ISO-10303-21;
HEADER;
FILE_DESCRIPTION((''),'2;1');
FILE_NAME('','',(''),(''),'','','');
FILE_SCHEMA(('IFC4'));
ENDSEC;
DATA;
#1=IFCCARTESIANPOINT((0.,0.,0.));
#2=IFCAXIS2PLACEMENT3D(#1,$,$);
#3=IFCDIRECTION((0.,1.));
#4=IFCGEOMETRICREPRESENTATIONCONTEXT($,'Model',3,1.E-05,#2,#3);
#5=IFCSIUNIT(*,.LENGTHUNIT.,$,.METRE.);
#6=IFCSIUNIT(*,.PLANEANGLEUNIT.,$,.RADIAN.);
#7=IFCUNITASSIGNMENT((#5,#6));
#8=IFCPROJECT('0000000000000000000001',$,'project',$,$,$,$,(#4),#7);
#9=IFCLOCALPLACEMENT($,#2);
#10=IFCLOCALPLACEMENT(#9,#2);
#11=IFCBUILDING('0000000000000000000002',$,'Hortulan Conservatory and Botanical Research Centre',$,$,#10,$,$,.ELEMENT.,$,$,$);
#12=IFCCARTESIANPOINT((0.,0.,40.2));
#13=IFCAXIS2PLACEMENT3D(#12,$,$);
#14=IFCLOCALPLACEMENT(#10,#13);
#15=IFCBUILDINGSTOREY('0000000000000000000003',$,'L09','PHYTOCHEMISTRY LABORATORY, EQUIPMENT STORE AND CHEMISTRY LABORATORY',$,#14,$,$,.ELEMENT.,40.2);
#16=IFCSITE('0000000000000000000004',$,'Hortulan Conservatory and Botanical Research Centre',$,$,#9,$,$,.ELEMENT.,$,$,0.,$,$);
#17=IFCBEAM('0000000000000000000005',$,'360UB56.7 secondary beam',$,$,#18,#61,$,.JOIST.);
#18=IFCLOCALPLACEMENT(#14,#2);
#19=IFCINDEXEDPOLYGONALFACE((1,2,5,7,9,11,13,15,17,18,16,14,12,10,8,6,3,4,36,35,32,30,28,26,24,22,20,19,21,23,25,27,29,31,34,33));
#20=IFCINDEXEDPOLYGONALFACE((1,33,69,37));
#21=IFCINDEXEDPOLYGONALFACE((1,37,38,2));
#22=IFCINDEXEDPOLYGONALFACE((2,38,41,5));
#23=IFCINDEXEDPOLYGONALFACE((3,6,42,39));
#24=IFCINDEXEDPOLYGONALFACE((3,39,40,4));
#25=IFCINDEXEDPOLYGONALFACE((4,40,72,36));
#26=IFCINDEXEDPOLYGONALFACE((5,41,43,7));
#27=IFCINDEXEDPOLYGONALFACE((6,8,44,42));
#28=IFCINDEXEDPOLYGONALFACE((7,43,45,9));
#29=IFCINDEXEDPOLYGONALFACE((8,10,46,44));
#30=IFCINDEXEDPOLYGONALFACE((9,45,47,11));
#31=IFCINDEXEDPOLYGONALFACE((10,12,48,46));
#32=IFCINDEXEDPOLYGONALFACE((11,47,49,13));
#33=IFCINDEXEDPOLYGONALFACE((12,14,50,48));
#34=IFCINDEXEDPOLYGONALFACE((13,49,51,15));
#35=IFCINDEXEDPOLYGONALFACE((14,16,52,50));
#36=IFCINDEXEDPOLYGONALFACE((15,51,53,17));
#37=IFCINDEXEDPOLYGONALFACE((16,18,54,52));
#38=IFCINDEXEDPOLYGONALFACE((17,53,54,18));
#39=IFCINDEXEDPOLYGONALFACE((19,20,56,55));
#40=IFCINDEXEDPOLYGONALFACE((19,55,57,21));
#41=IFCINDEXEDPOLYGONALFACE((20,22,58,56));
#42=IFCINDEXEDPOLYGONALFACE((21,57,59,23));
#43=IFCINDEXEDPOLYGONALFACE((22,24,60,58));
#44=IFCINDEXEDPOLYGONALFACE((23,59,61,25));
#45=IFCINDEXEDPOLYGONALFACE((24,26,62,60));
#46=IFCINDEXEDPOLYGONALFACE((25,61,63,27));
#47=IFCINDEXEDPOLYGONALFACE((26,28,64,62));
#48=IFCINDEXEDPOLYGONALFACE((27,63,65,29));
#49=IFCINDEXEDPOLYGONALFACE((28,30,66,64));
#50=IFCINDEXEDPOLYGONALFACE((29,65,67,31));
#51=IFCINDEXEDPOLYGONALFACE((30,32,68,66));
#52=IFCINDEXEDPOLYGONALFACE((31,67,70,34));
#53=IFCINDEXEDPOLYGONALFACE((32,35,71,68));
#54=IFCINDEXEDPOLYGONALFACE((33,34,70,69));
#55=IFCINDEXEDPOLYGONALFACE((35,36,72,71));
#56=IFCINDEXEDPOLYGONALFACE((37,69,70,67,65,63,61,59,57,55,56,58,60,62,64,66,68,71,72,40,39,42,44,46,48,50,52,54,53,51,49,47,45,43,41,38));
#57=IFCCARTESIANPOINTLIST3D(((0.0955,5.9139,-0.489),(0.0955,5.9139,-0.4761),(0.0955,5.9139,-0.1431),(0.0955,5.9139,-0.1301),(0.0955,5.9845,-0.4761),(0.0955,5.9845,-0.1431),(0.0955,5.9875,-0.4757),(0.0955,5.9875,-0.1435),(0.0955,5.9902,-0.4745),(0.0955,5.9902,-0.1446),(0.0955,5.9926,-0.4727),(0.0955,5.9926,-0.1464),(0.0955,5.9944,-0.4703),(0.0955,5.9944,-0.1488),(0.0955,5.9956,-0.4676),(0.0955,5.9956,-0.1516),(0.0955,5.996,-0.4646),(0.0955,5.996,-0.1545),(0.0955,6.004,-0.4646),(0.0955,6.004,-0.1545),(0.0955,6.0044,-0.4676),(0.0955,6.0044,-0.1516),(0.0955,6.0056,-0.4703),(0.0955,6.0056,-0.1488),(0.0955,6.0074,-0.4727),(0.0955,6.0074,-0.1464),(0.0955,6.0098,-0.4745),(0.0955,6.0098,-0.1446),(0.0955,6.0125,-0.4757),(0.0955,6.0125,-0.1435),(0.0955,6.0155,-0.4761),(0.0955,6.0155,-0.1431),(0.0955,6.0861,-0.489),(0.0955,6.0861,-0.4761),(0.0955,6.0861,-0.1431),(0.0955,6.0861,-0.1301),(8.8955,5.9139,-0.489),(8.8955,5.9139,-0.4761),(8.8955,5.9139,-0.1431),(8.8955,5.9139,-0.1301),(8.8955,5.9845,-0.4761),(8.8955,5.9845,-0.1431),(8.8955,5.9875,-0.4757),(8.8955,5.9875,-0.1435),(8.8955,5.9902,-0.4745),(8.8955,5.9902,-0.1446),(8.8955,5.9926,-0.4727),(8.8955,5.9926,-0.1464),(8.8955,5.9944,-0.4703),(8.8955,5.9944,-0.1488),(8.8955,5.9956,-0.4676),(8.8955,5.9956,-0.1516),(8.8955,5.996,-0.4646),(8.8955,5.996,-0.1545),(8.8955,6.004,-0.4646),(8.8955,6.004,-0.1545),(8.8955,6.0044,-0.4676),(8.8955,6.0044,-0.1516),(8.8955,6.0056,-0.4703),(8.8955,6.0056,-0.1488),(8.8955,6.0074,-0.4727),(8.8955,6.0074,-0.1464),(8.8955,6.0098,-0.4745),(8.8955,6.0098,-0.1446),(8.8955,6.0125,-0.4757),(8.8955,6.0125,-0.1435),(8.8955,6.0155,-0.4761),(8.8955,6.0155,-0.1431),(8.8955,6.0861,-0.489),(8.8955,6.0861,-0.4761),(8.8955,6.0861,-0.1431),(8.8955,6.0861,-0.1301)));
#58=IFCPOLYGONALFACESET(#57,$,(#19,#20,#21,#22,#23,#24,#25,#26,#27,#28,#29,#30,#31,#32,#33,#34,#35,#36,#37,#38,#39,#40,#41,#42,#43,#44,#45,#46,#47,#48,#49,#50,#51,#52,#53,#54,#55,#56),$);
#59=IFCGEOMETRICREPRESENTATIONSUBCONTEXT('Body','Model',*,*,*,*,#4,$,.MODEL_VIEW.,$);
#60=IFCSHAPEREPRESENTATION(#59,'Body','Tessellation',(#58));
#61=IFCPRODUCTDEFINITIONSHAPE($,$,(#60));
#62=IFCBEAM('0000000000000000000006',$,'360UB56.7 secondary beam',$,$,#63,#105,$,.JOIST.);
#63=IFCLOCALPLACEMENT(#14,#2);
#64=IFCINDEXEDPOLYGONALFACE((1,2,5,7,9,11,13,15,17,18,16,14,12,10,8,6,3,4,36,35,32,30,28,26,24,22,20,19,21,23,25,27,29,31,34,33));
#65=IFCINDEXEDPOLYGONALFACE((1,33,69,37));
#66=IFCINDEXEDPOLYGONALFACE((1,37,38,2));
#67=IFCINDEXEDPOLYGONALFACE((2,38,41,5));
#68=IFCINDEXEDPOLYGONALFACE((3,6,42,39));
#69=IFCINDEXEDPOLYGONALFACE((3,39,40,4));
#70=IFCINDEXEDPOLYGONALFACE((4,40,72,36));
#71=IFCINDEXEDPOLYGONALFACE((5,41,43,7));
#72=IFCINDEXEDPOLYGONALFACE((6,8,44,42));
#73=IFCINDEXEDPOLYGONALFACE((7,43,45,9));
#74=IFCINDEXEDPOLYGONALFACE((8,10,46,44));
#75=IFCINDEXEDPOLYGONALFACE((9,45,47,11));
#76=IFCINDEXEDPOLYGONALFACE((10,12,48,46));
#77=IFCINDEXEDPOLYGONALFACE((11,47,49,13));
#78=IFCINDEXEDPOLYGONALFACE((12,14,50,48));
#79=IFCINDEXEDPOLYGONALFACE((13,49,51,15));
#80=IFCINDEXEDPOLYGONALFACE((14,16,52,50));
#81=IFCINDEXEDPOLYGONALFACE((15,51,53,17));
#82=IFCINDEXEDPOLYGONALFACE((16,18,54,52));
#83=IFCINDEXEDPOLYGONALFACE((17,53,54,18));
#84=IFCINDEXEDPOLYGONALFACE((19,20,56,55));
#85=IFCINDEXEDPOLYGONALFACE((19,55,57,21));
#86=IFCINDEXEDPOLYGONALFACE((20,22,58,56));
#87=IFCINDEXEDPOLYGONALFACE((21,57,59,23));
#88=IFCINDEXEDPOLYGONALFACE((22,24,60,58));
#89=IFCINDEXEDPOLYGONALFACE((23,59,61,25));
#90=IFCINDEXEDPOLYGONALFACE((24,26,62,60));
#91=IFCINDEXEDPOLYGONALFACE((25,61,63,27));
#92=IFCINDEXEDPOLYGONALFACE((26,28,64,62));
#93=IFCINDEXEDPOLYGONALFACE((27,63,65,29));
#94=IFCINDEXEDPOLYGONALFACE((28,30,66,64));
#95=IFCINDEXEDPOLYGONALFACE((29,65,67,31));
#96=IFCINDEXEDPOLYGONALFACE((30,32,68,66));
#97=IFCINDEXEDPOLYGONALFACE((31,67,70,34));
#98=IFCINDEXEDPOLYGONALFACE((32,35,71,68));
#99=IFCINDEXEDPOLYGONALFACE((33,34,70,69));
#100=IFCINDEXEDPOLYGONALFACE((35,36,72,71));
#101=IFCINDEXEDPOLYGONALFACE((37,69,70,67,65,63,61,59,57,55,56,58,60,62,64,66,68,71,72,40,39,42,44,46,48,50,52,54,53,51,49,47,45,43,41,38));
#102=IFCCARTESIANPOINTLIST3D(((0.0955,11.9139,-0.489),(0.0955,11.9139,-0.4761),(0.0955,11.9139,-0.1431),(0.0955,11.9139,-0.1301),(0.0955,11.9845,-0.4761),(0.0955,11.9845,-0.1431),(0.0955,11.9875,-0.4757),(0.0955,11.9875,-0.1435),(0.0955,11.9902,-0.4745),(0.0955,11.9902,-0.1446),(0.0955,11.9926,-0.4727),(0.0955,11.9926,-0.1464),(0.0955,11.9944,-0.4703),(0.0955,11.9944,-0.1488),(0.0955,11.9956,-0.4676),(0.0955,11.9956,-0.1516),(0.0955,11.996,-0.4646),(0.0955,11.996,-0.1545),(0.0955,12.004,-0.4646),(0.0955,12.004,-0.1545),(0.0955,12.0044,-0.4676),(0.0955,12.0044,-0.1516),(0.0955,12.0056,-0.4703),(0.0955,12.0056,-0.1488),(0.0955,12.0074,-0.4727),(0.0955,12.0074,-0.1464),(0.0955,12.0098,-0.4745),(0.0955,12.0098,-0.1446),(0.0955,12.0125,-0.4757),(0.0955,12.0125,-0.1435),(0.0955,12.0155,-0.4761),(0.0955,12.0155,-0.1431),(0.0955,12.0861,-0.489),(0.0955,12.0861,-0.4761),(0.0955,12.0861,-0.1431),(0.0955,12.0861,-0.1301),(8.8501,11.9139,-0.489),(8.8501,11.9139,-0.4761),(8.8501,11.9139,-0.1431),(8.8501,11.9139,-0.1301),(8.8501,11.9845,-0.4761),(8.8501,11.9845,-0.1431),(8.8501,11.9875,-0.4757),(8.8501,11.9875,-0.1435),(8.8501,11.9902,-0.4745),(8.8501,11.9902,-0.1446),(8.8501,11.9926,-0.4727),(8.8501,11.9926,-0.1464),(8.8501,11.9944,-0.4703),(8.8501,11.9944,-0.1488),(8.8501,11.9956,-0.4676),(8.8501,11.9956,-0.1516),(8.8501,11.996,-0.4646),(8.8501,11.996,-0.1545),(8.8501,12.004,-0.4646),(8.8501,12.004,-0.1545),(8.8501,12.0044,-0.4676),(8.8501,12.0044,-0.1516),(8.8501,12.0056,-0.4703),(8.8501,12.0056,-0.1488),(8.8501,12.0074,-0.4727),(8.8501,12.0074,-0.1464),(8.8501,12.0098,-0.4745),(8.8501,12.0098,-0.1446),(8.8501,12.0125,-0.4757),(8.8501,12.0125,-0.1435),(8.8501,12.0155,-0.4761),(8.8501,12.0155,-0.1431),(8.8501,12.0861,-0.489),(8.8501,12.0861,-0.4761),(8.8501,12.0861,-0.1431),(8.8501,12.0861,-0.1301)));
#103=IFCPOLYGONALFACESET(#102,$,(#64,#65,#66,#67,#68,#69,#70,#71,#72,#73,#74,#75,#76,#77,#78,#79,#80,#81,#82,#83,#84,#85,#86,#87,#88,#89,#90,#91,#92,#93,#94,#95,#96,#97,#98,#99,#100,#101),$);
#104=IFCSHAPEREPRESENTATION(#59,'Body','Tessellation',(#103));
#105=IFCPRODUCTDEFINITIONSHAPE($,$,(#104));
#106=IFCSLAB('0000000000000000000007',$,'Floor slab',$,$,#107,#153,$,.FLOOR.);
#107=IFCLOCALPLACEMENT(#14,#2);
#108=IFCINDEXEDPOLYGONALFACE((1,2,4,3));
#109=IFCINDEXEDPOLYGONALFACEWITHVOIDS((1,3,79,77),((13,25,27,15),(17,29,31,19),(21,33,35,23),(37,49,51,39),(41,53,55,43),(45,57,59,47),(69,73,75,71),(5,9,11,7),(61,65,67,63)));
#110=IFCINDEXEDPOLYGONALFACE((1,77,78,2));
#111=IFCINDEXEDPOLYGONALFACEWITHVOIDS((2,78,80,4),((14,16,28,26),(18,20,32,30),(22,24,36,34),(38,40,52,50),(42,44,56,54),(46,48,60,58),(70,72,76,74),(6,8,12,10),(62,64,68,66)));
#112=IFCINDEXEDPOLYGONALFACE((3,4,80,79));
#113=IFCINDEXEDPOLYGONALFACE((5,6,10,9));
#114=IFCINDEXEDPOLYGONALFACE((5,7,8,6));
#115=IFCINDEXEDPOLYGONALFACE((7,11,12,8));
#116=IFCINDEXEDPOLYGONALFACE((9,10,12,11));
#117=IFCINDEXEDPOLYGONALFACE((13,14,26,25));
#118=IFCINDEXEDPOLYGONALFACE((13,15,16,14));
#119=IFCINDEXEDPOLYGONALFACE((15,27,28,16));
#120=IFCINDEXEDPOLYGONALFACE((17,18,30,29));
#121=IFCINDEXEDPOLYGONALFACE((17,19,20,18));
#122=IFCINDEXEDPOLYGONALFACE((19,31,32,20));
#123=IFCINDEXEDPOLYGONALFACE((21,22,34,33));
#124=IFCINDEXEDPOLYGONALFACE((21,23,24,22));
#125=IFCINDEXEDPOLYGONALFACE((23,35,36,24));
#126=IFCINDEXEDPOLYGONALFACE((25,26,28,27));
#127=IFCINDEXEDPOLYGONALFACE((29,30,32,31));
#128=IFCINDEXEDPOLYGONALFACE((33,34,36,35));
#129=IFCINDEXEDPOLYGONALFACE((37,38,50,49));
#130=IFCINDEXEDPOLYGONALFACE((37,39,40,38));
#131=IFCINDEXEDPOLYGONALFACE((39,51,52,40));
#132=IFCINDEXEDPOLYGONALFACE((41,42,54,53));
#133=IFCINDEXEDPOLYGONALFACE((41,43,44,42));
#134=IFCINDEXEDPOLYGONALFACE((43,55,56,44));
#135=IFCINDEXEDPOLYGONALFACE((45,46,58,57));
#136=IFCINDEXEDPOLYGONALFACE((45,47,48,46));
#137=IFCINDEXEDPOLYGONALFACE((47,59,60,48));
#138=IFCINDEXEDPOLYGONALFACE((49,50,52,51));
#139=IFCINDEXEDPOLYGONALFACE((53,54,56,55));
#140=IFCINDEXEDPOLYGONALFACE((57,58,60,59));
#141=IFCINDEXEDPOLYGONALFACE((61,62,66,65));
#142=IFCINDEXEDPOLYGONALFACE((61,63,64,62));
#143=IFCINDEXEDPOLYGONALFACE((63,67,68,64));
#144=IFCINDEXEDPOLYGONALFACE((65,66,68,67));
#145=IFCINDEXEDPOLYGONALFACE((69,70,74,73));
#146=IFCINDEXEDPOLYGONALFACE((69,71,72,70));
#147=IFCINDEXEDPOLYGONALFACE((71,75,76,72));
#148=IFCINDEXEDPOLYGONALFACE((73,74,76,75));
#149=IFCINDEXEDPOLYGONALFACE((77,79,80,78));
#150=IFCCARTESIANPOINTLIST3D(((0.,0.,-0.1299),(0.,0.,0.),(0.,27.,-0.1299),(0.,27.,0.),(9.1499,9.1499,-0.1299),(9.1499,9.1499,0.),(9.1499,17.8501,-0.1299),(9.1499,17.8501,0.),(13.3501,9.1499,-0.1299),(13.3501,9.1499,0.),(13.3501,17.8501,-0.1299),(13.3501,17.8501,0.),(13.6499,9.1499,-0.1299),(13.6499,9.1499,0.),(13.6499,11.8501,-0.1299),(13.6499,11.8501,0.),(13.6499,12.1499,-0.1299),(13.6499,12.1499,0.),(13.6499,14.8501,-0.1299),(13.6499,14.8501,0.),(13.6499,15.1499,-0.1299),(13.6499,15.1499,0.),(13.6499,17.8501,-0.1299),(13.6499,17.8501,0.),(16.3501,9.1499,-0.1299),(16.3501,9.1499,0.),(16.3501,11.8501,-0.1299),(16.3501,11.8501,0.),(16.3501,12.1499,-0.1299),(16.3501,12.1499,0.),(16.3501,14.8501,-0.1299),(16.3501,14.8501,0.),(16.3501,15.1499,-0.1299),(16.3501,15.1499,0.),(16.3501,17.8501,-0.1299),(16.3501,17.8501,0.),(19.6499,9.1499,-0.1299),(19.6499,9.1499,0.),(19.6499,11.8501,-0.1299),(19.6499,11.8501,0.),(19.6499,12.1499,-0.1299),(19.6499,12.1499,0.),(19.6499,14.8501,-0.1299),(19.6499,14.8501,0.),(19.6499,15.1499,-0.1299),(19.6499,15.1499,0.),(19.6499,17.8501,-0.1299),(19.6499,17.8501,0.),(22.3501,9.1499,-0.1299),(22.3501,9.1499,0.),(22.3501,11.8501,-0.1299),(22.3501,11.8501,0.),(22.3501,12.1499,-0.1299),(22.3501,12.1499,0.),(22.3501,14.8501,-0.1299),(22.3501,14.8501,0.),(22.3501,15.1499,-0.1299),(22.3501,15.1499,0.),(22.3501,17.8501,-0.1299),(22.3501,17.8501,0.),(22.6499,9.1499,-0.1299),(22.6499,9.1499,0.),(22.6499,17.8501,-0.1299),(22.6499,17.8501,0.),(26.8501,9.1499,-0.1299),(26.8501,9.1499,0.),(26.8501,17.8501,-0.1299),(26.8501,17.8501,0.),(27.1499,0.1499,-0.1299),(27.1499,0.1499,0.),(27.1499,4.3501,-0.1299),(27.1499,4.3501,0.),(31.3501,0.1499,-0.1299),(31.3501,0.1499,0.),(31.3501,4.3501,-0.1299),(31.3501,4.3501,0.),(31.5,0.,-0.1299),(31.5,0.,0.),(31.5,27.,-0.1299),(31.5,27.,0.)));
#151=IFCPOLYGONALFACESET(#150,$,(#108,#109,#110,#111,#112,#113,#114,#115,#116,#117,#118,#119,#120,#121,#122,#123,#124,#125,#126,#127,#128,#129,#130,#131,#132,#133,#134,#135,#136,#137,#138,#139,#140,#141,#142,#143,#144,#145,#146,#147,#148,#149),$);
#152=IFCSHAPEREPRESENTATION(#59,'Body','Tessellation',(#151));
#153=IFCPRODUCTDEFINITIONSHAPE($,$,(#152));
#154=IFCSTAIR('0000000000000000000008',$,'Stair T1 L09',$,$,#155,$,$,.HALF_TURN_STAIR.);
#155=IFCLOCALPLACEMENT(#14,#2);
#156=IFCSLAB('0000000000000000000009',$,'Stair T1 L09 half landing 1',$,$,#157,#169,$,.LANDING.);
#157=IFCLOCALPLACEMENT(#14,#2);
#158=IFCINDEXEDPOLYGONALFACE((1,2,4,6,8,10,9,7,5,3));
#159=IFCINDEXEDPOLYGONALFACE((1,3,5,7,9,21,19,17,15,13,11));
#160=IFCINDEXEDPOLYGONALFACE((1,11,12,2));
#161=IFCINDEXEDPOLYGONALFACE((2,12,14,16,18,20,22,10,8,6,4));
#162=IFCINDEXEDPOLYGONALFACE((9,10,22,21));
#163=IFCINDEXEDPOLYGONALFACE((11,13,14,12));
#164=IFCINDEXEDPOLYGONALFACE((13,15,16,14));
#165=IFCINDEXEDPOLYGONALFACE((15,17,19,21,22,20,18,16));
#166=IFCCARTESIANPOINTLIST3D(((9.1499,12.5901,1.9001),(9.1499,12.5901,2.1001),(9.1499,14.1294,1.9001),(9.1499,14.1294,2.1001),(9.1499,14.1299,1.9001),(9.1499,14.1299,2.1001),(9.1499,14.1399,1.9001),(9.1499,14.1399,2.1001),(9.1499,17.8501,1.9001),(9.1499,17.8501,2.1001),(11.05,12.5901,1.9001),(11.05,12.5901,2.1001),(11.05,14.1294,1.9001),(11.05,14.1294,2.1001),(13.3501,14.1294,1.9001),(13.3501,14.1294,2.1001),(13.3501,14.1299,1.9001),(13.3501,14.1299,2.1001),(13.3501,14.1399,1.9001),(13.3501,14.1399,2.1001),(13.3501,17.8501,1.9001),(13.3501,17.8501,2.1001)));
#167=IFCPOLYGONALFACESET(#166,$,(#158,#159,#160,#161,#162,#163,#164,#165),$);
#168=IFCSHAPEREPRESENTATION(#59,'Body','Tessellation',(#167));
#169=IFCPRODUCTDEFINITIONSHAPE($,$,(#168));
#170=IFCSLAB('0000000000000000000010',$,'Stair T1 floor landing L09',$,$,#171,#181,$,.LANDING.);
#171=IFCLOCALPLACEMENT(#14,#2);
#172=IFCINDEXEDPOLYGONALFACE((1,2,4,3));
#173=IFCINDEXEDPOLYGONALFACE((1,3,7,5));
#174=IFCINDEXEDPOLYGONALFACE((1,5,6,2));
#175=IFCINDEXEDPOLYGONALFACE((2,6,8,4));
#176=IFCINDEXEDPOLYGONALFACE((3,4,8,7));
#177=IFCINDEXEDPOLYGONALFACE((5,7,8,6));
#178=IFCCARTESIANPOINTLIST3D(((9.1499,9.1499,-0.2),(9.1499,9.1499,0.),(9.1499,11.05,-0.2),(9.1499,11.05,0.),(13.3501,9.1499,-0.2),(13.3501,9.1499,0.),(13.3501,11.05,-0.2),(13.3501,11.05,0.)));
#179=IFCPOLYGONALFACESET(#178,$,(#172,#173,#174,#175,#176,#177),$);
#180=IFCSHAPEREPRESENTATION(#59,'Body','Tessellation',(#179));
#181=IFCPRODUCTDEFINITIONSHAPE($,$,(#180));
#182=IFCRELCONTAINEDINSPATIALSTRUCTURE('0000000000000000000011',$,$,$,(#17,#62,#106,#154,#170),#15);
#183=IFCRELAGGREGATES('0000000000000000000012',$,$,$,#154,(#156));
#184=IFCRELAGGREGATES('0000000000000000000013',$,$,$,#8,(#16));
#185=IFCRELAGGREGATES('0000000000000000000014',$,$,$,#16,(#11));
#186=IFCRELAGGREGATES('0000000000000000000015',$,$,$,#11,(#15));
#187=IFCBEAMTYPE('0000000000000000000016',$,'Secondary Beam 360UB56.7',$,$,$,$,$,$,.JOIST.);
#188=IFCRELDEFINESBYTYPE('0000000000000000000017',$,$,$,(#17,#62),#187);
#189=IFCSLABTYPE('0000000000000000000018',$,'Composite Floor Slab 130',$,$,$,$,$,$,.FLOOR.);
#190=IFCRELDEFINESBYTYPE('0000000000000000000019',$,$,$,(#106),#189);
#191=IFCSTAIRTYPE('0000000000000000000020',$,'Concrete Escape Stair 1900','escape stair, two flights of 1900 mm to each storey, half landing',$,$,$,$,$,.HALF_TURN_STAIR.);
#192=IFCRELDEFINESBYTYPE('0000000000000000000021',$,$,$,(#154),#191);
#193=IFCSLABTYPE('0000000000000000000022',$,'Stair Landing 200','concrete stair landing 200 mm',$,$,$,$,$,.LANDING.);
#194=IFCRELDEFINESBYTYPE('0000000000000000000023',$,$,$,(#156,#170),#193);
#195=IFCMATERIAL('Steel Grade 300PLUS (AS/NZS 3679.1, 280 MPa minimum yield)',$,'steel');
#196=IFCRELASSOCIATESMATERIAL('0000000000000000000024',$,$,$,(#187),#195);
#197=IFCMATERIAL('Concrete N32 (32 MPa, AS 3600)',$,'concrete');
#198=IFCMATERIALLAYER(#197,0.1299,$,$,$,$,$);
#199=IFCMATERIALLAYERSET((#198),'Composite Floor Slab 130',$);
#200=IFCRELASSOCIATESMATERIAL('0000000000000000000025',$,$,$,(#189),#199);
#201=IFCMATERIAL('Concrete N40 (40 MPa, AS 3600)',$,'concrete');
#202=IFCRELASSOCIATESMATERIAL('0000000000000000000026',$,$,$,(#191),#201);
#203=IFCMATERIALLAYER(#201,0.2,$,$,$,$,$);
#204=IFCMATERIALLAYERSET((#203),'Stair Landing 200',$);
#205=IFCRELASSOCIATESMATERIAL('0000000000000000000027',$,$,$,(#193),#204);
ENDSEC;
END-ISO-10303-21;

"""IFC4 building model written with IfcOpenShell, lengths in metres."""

from ifc_helpers import new_model, si_unit, direction, frame, origin, origin_2d, place, context, subcontext, project, spatial, polyline, i_section, outline, extrude, material, layer, layer_set, material_profile, profile_set, type_object, element, aggregate, save


model = new_model("IFC4")

# Units and contexts
model_context = context("Model", 3, precision=1e-05, world=origin(), true_north=direction((0.0, 1.0)))
body_context = subcontext(model_context, "Body", "Model", "MODEL_VIEW")
ifc_project = project(units=[si_unit("LENGTHUNIT", "METRE"), si_unit("PLANEANGLEUNIT", "RADIAN")], contexts=[model_context])

# Site, building, storey
site_placement = place(None, origin())
site = spatial("IfcSite", under=ifc_project, at=site_placement, Name="Hortulan Conservatory and Botanical Research Centre", CompositionType="ELEMENT", RefElevation=0.0)
building_placement = place(site_placement, origin())
building = spatial("IfcBuilding", under=site, at=building_placement, Name="Hortulan Conservatory and Botanical Research Centre", CompositionType="ELEMENT")
storey_placement = place(building_placement, frame((0.0, 0.0, 40.2)))
storey = spatial("IfcBuildingStorey", under=building, at=storey_placement, Name="L09", Description="PHYTOCHEMISTRY LABORATORY, EQUIPMENT STORE AND CHEMISTRY LABORATORY", CompositionType="ELEMENT", Elevation=40.2)

# Shared definitions
ifc_material_1 = material(Name="Steel Grade 300PLUS (AS/NZS 3679.1, 280 MPa minimum yield)", Category="steel")

# Beams
ifc_material_profile_1 = material_profile(ifc_material_1, i_section(OverallWidth=0.1721, OverallDepth=0.3589, WebThickness=0.0081, FlangeThickness=0.0129, FilletRadius=0.0115, at=origin_2d()), Name="360UB56.7")
ifc_profile_set_1 = profile_set([ifc_material_profile_1], Name="Steel Grade 300PLUS (AS/NZS 3679.1, 280 MPa minimum yield)")
beam_type_1 = type_object("IfcBeamType", Name="Secondary Beam 360UB56.7", PredefinedType="JOIST", material=ifc_profile_set_1)
for number, where, z_axis, x_axis, name in (
    (1, (0.0955, 6.0, -0.3096), (1.0, 0.0, 0.0), (0.0, 1.0, 0.0), "360UB56.7 secondary beam"),
):
    element("IfcBeam", number, at=place(storey_placement, frame(where, z_axis=z_axis, x_axis=x_axis)), inside=storey, type_object=beam_type_1, Name=name, PredefinedType="JOIST", context=body_context, shape_type="SweptSolid", body=[
        extrude(i_section(OverallWidth=0.1721, OverallDepth=0.3589, WebThickness=0.0081, FlangeThickness=0.0129, FilletRadius=0.0115, at=origin_2d()), origin(), (0.0, 0.0, 1.0), 8.8),
    ])
beam_1_placement = place(storey_placement, frame((0.0955, 12.0, -0.3096), z_axis=(1.0, 0.0, 0.0), x_axis=(0.0, 1.0, 0.0)))
element("IfcBeam", 2, at=beam_1_placement, inside=storey, type_object=beam_type_1, Name="360UB56.7 secondary beam", PredefinedType="JOIST", context=body_context, shape_type="SweptSolid", body=[
    extrude(i_section(OverallWidth=0.1721, OverallDepth=0.3589, WebThickness=0.0081, FlangeThickness=0.0129, FilletRadius=0.0115, at=origin_2d()), origin(), (0.0, 0.0, 1.0), 8.7546),
])

# Slab
ifc_material_2 = material(Name="Concrete N32 (32 MPa, AS 3600)", Category="concrete")
ifc_layer_1 = layer(ifc_material_2, 0.1299)
ifc_layer_set_1 = layer_set([ifc_layer_1], Name="Composite Floor Slab 130")
slab_type_1 = type_object("IfcSlabType", Name="Composite Floor Slab 130", PredefinedType="FLOOR", material=ifc_layer_set_1)
slab_1_placement = place(storey_placement, frame((0.0, 0.0, -0.1299)))
element("IfcSlab", 3, at=slab_1_placement, inside=storey, type_object=slab_type_1, Name="Floor slab", PredefinedType="FLOOR", context=body_context, shape_type="SweptSolid", body=[
    extrude(outline(polyline([(0.0, 0.0), (31.5, 0.0), (31.5, 27.0), (0.0, 27.0), (0.0, 0.0)]), holes=[polyline([(27.1499, 4.3501), (27.1499, 0.1499), (31.3501, 0.1499), (31.3501, 4.3501), (27.1499, 4.3501)]), polyline([(13.6499, 11.8501), (13.6499, 9.1499), (16.3501, 9.1499), (16.3501, 11.8501), (13.6499, 11.8501)]), polyline([(19.6499, 11.8501), (19.6499, 9.1499), (22.3501, 9.1499), (22.3501, 11.8501), (19.6499, 11.8501)]), polyline([(9.1499, 17.8501), (9.1499, 9.1499), (13.3501, 9.1499), (13.3501, 17.8501), (9.1499, 17.8501)]), polyline([(13.6499, 14.8501), (13.6499, 12.1499), (16.3501, 12.1499), (16.3501, 14.8501), (13.6499, 14.8501)]), polyline([(19.6499, 14.8501), (19.6499, 12.1499), (22.3501, 12.1499), (22.3501, 14.8501), (19.6499, 14.8501)]), polyline([(22.6499, 17.8501), (22.6499, 9.1499), (26.8501, 9.1499), (26.8501, 17.8501), (22.6499, 17.8501)]), polyline([(16.3501, 17.8501), (13.6499, 17.8501), (13.6499, 15.1499), (16.3501, 15.1499), (16.3501, 17.8501)]), polyline([(22.3501, 17.8501), (19.6499, 17.8501), (19.6499, 15.1499), (22.3501, 15.1499), (22.3501, 17.8501)])]), origin(), (0.0, 0.0, 1.0), 0.1299),
])

# Stair, slab
ifc_material_3 = material(Name="Concrete N40 (40 MPa, AS 3600)", Category="concrete")
stair_type_1 = type_object("IfcStairType", Name="Concrete Escape Stair 1900", Description="escape stair, two flights of 1900 mm to each storey, half landing", PredefinedType="HALF_TURN_STAIR", material=ifc_material_3)
stair_1_placement = place(storey_placement, origin())
stair_1 = element("IfcStair", 4, at=stair_1_placement, inside=storey, type_object=stair_type_1, Name="Stair T1 L09", PredefinedType="HALF_TURN_STAIR")
ifc_layer_2 = layer(ifc_material_3, 0.2)
ifc_layer_set_2 = layer_set([ifc_layer_2], Name="Stair Landing 200")
slab_type_2 = type_object("IfcSlabType", Name="Stair Landing 200", Description="concrete stair landing 200 mm", PredefinedType="LANDING", material=ifc_layer_set_2)
slab_2_placement = place(storey_placement, frame((0.0, 0.0, 1.9001)))
slab_2 = element("IfcSlab", 5, at=slab_2_placement, type_object=slab_type_2, Name="Stair T1 L09 half landing 1", PredefinedType="LANDING", context=body_context, shape_type="SweptSolid", body=[
    extrude(outline(polyline([(13.3501, 14.1294), (11.05, 14.1294), (11.05, 12.5901), (9.1499, 12.5901), (9.1499, 14.1294), (9.1499, 14.1299), (9.1499, 14.1399), (9.1499, 17.8501), (13.3501, 17.8501), (13.3501, 14.1399), (13.3501, 14.1299), (13.3501, 14.1294)])), origin(), (0.0, 0.0, 1.0), 0.2),
])
aggregate(stair_1, [slab_2])

# Slab
slab_3_placement = place(storey_placement, frame((0.0, 0.0, -0.2)))
element("IfcSlab", 6, at=slab_3_placement, inside=storey, type_object=slab_type_2, Name="Stair T1 floor landing L09", PredefinedType="LANDING", context=body_context, shape_type="SweptSolid", body=[
    extrude(outline(polyline([(13.3501, 9.1499), (9.1499, 9.1499), (9.1499, 11.05), (13.3501, 11.05), (13.3501, 9.1499)])), origin(), (0.0, 0.0, 1.0), 0.2),
])

save(model, "model.ifc")
